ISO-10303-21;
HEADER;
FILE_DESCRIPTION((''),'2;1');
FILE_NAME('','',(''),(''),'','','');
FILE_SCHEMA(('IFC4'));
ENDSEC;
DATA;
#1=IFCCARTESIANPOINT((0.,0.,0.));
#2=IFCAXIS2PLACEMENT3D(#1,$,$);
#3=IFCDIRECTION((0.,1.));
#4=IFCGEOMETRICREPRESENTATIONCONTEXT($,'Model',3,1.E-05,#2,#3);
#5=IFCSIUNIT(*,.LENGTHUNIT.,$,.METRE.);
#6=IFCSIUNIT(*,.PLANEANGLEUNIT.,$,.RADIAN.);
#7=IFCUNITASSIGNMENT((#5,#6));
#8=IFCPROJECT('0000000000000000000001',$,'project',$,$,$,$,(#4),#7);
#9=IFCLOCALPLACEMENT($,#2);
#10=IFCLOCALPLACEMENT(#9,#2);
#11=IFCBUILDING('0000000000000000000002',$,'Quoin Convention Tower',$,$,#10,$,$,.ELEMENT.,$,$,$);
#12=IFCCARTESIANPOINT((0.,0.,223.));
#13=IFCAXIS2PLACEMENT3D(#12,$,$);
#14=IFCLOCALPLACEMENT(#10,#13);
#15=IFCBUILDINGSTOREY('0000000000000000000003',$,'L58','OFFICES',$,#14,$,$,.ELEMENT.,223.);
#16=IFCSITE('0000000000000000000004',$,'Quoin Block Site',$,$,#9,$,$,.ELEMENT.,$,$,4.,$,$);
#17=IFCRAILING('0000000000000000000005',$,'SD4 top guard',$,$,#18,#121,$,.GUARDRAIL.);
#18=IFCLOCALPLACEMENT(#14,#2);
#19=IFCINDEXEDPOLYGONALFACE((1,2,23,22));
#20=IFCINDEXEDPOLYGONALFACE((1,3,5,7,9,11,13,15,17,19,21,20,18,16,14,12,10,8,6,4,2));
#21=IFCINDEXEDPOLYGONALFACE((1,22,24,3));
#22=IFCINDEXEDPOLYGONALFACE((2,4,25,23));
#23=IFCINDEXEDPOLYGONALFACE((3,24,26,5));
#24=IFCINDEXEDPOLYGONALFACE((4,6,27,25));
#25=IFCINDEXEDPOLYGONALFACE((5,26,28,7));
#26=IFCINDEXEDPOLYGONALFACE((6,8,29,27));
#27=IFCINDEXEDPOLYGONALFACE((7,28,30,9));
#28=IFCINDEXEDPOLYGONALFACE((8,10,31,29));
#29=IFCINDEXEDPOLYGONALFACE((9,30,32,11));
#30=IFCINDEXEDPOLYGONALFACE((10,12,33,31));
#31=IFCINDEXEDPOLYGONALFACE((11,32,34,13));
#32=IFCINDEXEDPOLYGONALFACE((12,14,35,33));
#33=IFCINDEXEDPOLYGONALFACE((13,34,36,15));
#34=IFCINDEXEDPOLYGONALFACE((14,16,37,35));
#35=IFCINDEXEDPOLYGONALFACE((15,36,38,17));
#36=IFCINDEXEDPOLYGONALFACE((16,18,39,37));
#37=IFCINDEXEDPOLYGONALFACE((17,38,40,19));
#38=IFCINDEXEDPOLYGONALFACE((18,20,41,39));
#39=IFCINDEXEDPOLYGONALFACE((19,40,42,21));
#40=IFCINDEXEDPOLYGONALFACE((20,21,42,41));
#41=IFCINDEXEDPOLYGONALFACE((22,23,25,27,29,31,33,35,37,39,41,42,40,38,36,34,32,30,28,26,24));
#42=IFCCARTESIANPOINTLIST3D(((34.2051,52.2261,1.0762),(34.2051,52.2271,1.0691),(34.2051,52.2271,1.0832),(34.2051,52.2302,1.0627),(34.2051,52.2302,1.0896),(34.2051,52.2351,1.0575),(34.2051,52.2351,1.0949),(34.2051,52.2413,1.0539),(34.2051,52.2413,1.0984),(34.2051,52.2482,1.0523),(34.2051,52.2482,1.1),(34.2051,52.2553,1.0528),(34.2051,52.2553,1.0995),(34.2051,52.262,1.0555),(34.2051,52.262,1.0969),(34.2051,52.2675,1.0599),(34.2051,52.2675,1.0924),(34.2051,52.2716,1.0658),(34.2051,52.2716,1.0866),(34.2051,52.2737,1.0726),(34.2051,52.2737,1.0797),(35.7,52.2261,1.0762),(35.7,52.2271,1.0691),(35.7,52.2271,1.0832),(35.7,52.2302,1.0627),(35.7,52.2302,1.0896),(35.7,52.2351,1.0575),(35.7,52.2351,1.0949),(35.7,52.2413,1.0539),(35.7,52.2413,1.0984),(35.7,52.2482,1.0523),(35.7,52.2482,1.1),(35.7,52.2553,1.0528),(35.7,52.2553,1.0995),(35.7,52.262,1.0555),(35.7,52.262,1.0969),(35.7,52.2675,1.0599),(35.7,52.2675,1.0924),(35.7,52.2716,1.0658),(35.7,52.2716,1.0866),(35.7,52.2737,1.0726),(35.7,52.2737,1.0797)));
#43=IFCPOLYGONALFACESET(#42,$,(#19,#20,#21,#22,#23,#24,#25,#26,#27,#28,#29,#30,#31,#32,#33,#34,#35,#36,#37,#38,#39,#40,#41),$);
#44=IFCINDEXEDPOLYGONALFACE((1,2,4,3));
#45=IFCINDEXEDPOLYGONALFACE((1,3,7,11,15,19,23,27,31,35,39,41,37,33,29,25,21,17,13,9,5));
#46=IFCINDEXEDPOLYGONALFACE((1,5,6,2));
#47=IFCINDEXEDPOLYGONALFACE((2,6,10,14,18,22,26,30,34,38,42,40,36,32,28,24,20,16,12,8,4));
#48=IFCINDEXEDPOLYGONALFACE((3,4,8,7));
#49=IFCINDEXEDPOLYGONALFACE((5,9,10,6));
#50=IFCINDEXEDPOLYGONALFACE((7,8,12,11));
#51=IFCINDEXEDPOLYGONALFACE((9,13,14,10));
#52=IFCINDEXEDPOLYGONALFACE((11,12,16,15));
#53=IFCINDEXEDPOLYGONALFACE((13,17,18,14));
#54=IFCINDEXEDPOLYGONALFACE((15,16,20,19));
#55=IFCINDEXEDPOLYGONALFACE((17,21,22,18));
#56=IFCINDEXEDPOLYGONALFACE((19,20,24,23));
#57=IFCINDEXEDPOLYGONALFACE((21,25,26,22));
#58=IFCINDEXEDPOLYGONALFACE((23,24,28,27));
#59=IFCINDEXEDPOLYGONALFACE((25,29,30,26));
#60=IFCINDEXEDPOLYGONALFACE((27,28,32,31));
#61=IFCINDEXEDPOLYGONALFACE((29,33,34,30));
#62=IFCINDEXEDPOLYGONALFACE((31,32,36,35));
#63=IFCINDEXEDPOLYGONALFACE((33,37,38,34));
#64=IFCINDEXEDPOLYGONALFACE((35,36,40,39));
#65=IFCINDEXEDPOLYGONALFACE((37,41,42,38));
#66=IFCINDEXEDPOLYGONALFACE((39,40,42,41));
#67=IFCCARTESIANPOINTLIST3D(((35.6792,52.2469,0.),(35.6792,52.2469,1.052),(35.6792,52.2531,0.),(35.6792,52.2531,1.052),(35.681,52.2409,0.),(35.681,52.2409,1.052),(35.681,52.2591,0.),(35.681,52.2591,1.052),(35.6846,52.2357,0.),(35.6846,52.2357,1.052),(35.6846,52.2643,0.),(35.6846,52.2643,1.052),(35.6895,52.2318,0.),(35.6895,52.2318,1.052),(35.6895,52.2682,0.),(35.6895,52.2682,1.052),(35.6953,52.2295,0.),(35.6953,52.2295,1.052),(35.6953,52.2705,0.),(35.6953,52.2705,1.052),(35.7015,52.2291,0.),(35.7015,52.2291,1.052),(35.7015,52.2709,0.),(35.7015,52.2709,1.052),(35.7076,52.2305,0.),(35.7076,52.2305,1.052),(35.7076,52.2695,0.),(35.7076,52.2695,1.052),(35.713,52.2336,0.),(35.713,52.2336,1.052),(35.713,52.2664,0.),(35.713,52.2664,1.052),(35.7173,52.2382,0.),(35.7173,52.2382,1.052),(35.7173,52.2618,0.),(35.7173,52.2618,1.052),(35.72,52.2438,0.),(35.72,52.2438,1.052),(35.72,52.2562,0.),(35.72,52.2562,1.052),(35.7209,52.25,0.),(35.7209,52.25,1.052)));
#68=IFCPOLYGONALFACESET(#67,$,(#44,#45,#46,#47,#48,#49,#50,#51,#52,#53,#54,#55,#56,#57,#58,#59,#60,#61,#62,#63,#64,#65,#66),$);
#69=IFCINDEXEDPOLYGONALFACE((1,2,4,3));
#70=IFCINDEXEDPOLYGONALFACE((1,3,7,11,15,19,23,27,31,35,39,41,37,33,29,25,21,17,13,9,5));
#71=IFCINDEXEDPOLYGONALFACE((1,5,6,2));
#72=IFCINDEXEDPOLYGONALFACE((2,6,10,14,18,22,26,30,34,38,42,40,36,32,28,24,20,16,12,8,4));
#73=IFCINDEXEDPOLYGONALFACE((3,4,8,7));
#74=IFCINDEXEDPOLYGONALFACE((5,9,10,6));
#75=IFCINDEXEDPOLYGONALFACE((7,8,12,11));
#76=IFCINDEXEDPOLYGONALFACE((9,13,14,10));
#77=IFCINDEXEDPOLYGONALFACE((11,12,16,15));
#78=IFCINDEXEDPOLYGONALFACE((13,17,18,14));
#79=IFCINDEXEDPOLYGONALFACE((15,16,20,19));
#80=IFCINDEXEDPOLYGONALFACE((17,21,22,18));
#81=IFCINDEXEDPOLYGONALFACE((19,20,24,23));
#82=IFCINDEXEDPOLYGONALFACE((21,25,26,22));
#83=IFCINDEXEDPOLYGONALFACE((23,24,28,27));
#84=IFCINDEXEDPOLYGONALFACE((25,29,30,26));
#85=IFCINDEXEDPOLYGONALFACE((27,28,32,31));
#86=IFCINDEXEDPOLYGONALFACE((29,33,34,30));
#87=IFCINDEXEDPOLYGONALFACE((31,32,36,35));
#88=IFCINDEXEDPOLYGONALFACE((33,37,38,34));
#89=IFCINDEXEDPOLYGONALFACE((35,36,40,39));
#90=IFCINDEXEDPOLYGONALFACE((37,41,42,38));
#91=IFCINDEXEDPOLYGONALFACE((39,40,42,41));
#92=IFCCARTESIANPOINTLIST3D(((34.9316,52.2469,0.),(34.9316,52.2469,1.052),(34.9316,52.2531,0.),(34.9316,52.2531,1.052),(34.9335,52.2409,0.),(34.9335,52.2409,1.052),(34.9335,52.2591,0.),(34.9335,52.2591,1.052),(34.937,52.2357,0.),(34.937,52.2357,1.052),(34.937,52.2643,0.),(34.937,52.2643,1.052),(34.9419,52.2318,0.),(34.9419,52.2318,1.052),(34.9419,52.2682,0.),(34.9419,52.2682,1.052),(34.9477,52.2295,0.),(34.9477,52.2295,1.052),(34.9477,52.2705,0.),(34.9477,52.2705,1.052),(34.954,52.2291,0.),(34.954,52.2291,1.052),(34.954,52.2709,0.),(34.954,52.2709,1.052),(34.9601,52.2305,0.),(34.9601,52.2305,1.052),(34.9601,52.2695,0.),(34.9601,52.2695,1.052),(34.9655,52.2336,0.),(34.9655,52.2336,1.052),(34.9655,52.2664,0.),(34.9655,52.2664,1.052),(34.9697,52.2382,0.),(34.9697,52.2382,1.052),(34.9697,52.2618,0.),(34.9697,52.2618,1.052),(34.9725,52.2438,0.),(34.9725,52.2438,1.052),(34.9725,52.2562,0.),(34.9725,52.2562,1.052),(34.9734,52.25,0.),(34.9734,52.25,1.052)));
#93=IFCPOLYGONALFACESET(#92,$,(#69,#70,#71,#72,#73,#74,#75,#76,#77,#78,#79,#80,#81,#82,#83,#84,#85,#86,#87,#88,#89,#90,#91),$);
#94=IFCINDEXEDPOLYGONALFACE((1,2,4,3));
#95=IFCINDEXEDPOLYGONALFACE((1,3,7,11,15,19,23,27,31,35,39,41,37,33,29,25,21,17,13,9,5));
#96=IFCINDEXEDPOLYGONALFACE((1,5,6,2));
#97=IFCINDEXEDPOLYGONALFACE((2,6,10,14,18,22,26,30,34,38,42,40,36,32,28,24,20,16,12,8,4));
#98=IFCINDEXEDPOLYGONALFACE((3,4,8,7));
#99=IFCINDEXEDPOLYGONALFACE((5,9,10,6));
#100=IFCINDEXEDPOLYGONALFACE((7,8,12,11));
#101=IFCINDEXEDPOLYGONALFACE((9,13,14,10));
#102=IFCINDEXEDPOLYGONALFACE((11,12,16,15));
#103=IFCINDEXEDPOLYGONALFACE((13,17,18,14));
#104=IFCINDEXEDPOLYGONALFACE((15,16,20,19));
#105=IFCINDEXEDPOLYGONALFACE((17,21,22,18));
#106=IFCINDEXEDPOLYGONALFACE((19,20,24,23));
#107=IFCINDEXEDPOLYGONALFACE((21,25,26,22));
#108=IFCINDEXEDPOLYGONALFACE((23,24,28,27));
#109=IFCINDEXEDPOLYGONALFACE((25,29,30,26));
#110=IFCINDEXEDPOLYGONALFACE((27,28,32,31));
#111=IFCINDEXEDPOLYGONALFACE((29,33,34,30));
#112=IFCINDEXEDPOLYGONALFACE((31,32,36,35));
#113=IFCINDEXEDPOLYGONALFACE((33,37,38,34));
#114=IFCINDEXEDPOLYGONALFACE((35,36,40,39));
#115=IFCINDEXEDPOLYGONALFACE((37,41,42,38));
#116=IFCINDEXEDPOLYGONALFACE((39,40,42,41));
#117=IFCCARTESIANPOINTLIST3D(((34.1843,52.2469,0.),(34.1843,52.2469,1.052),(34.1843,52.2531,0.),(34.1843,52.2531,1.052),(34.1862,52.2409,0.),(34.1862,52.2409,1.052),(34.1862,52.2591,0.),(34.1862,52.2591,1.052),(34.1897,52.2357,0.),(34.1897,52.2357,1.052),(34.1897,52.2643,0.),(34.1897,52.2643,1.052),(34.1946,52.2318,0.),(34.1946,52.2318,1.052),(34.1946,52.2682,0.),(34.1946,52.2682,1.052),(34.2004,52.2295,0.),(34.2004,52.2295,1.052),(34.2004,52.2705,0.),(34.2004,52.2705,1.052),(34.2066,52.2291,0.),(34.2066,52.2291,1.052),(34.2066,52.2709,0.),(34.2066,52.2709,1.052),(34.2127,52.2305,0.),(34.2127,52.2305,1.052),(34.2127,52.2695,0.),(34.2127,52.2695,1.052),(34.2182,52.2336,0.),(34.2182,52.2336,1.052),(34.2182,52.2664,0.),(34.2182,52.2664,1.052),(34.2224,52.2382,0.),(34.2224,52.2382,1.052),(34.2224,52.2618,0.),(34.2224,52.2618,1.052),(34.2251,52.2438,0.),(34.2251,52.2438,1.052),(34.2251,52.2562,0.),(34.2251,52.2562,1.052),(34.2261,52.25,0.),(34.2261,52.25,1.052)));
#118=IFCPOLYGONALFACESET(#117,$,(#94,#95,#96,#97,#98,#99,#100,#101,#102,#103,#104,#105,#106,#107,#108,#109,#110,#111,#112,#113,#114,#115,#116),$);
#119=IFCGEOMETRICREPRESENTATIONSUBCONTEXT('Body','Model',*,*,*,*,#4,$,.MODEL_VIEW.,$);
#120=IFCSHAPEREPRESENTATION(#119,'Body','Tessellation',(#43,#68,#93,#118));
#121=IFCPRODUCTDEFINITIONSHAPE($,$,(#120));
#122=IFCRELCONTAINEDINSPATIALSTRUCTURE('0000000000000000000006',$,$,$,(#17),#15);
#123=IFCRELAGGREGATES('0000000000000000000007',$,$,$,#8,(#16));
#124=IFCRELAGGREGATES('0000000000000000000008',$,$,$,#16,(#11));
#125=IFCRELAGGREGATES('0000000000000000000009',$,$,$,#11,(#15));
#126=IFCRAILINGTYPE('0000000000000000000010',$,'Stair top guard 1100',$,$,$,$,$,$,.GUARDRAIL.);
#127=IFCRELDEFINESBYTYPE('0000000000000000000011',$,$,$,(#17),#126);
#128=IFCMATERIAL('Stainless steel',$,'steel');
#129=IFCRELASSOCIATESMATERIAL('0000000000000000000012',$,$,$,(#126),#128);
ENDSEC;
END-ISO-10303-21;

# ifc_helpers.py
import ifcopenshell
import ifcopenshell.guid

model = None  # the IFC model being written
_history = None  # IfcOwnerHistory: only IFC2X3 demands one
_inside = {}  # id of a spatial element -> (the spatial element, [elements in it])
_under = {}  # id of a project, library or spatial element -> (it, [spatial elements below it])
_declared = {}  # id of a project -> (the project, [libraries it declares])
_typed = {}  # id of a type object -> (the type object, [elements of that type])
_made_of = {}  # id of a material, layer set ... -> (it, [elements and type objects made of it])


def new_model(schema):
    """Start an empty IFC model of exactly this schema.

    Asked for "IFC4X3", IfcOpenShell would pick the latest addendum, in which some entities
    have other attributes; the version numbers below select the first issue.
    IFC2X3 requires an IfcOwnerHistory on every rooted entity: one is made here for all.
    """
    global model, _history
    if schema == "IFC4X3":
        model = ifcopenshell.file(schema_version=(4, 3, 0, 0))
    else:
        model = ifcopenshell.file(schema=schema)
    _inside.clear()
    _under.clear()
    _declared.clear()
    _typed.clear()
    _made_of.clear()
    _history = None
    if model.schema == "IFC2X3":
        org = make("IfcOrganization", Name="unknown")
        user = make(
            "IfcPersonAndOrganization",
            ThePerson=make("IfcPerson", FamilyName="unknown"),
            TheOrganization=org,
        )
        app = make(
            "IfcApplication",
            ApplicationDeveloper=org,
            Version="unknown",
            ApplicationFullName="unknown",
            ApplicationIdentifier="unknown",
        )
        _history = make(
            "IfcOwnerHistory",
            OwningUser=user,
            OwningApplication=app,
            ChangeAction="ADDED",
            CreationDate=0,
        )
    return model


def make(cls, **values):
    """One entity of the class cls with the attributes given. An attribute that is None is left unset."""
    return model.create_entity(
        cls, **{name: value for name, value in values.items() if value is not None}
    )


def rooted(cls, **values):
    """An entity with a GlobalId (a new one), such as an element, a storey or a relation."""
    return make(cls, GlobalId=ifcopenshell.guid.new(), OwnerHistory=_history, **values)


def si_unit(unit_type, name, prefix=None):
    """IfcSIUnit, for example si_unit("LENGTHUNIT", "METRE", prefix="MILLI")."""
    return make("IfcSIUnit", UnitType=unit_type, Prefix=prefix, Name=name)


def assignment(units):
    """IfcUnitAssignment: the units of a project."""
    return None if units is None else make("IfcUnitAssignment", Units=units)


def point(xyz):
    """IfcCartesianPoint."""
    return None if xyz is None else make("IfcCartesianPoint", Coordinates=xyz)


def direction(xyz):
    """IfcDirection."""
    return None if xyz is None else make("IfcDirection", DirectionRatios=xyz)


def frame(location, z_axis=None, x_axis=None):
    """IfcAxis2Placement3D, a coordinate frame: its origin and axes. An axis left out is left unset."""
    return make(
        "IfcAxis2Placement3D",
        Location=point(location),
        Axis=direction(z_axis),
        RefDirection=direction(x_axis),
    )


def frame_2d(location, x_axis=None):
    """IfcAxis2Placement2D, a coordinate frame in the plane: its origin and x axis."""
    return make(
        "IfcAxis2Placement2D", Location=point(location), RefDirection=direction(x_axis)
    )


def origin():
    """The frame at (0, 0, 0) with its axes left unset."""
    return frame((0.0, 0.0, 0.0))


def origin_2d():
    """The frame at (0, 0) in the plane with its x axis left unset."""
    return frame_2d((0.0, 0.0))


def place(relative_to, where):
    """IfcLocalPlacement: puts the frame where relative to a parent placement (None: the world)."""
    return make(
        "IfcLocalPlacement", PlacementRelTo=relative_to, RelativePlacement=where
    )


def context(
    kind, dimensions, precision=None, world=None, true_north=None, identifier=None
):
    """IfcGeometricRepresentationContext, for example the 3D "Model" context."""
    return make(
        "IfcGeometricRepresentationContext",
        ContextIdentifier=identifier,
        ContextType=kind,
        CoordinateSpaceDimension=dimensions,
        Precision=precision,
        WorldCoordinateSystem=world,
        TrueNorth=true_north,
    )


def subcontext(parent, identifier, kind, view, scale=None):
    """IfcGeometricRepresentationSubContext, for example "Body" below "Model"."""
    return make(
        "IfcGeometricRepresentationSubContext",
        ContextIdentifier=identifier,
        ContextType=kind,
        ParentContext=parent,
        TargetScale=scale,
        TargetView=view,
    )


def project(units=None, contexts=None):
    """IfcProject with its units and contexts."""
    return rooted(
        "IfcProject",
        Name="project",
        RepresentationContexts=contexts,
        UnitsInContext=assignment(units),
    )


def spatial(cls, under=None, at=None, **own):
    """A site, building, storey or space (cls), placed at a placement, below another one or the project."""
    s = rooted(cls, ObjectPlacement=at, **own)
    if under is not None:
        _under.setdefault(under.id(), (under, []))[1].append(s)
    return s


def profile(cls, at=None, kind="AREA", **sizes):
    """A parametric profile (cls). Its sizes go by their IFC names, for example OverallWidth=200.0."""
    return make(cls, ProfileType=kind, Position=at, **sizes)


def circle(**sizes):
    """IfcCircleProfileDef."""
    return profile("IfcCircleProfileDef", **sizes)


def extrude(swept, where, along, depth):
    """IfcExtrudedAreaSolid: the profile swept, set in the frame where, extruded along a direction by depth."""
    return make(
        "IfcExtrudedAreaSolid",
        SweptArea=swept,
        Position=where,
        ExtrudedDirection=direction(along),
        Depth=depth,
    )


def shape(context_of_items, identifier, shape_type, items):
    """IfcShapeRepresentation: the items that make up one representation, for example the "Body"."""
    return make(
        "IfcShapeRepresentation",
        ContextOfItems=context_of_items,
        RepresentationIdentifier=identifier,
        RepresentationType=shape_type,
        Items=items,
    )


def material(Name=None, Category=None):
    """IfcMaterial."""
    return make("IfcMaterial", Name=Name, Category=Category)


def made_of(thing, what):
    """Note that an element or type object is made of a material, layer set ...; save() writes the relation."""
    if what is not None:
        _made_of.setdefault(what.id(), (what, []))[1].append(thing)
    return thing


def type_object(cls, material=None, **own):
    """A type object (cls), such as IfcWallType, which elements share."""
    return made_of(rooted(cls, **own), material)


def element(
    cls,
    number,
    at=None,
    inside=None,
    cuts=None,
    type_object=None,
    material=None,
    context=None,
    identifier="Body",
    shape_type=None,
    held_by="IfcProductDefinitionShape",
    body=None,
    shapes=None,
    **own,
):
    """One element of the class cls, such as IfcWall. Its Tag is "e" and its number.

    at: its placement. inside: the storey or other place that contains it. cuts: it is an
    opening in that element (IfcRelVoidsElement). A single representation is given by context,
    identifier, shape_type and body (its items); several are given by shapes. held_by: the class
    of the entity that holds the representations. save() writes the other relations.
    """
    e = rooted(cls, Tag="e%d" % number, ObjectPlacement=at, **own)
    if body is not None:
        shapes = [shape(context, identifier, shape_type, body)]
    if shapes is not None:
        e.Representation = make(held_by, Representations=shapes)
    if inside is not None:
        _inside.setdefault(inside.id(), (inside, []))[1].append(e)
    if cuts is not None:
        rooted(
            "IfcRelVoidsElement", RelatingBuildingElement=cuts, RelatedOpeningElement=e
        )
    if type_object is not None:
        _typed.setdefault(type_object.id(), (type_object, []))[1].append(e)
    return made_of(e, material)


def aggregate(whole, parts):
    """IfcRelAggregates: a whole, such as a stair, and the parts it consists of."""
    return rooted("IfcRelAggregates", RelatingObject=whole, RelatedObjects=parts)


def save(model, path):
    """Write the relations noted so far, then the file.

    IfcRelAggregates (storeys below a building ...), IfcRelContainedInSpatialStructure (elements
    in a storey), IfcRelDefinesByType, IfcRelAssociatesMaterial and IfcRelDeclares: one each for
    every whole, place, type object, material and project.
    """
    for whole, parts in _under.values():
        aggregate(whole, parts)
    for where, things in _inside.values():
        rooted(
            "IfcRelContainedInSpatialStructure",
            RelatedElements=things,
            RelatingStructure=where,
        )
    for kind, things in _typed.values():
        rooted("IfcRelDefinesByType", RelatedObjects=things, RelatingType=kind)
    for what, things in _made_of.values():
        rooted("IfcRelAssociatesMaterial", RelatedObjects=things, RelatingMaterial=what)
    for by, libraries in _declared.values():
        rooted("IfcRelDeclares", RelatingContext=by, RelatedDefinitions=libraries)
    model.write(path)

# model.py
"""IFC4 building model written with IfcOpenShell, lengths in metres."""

from ifc_helpers import new_model, si_unit, direction, frame, origin, origin_2d, place, context, subcontext, project, spatial, circle, extrude, material, type_object, element, save


model = new_model("IFC4")

# Units and contexts
model_context = context("Model", 3, precision=1e-05, world=origin(), true_north=direction((0.0, 1.0)))
body_context = subcontext(model_context, "Body", "Model", "MODEL_VIEW")
ifc_project = project(units=[si_unit("LENGTHUNIT", "METRE"), si_unit("PLANEANGLEUNIT", "RADIAN")], contexts=[model_context])

# Site, building, storey
site_placement = place(None, origin())
site = spatial("IfcSite", under=ifc_project, at=site_placement, Name="Quoin Block Site", CompositionType="ELEMENT", RefElevation=4.0)
building_placement = place(site_placement, origin())
building = spatial("IfcBuilding", under=site, at=building_placement, Name="Quoin Convention Tower", CompositionType="ELEMENT")
storey_placement = place(building_placement, frame((0.0, 0.0, 223.0)))
storey = spatial("IfcBuildingStorey", under=building, at=storey_placement, Name="L58", Description="OFFICES", CompositionType="ELEMENT", Elevation=223.0)

# Railing
ifc_material_1 = material(Name="Stainless steel", Category="steel")
railing_type_1 = type_object("IfcRailingType", Name="Stair top guard 1100", PredefinedType="GUARDRAIL", material=ifc_material_1)
railing_1_placement = place(storey_placement, frame((35.7, 52.25, 0.0)))
element("IfcRailing", 1, at=railing_1_placement, inside=storey, type_object=railing_type_1, Name="SD4 top guard", PredefinedType="GUARDRAIL", context=body_context, shape_type="SweptSolid", body=[
    extrude(circle(Radius=0.0239, at=origin_2d()), frame((0.0, 0.0, 1.0762), z_axis=(-1.0, 0.0, 0.0), x_axis=(0.0, -1.0, 0.0)), (0.0, 0.0, 1.0), 1.4949),
    extrude(circle(Radius=0.021, at=origin_2d()), origin(), (0.0, 0.0, 1.0), 1.052),
    extrude(circle(Radius=0.021, at=origin_2d()), frame((-0.7476, 0.0, 0.0)), (0.0, 0.0, 1.0), 1.052),
    extrude(circle(Radius=0.021, at=origin_2d()), frame((-1.4949, 0.0, 0.0)), (0.0, 0.0, 1.0), 1.052),
])

save(model, "model.ifc")
